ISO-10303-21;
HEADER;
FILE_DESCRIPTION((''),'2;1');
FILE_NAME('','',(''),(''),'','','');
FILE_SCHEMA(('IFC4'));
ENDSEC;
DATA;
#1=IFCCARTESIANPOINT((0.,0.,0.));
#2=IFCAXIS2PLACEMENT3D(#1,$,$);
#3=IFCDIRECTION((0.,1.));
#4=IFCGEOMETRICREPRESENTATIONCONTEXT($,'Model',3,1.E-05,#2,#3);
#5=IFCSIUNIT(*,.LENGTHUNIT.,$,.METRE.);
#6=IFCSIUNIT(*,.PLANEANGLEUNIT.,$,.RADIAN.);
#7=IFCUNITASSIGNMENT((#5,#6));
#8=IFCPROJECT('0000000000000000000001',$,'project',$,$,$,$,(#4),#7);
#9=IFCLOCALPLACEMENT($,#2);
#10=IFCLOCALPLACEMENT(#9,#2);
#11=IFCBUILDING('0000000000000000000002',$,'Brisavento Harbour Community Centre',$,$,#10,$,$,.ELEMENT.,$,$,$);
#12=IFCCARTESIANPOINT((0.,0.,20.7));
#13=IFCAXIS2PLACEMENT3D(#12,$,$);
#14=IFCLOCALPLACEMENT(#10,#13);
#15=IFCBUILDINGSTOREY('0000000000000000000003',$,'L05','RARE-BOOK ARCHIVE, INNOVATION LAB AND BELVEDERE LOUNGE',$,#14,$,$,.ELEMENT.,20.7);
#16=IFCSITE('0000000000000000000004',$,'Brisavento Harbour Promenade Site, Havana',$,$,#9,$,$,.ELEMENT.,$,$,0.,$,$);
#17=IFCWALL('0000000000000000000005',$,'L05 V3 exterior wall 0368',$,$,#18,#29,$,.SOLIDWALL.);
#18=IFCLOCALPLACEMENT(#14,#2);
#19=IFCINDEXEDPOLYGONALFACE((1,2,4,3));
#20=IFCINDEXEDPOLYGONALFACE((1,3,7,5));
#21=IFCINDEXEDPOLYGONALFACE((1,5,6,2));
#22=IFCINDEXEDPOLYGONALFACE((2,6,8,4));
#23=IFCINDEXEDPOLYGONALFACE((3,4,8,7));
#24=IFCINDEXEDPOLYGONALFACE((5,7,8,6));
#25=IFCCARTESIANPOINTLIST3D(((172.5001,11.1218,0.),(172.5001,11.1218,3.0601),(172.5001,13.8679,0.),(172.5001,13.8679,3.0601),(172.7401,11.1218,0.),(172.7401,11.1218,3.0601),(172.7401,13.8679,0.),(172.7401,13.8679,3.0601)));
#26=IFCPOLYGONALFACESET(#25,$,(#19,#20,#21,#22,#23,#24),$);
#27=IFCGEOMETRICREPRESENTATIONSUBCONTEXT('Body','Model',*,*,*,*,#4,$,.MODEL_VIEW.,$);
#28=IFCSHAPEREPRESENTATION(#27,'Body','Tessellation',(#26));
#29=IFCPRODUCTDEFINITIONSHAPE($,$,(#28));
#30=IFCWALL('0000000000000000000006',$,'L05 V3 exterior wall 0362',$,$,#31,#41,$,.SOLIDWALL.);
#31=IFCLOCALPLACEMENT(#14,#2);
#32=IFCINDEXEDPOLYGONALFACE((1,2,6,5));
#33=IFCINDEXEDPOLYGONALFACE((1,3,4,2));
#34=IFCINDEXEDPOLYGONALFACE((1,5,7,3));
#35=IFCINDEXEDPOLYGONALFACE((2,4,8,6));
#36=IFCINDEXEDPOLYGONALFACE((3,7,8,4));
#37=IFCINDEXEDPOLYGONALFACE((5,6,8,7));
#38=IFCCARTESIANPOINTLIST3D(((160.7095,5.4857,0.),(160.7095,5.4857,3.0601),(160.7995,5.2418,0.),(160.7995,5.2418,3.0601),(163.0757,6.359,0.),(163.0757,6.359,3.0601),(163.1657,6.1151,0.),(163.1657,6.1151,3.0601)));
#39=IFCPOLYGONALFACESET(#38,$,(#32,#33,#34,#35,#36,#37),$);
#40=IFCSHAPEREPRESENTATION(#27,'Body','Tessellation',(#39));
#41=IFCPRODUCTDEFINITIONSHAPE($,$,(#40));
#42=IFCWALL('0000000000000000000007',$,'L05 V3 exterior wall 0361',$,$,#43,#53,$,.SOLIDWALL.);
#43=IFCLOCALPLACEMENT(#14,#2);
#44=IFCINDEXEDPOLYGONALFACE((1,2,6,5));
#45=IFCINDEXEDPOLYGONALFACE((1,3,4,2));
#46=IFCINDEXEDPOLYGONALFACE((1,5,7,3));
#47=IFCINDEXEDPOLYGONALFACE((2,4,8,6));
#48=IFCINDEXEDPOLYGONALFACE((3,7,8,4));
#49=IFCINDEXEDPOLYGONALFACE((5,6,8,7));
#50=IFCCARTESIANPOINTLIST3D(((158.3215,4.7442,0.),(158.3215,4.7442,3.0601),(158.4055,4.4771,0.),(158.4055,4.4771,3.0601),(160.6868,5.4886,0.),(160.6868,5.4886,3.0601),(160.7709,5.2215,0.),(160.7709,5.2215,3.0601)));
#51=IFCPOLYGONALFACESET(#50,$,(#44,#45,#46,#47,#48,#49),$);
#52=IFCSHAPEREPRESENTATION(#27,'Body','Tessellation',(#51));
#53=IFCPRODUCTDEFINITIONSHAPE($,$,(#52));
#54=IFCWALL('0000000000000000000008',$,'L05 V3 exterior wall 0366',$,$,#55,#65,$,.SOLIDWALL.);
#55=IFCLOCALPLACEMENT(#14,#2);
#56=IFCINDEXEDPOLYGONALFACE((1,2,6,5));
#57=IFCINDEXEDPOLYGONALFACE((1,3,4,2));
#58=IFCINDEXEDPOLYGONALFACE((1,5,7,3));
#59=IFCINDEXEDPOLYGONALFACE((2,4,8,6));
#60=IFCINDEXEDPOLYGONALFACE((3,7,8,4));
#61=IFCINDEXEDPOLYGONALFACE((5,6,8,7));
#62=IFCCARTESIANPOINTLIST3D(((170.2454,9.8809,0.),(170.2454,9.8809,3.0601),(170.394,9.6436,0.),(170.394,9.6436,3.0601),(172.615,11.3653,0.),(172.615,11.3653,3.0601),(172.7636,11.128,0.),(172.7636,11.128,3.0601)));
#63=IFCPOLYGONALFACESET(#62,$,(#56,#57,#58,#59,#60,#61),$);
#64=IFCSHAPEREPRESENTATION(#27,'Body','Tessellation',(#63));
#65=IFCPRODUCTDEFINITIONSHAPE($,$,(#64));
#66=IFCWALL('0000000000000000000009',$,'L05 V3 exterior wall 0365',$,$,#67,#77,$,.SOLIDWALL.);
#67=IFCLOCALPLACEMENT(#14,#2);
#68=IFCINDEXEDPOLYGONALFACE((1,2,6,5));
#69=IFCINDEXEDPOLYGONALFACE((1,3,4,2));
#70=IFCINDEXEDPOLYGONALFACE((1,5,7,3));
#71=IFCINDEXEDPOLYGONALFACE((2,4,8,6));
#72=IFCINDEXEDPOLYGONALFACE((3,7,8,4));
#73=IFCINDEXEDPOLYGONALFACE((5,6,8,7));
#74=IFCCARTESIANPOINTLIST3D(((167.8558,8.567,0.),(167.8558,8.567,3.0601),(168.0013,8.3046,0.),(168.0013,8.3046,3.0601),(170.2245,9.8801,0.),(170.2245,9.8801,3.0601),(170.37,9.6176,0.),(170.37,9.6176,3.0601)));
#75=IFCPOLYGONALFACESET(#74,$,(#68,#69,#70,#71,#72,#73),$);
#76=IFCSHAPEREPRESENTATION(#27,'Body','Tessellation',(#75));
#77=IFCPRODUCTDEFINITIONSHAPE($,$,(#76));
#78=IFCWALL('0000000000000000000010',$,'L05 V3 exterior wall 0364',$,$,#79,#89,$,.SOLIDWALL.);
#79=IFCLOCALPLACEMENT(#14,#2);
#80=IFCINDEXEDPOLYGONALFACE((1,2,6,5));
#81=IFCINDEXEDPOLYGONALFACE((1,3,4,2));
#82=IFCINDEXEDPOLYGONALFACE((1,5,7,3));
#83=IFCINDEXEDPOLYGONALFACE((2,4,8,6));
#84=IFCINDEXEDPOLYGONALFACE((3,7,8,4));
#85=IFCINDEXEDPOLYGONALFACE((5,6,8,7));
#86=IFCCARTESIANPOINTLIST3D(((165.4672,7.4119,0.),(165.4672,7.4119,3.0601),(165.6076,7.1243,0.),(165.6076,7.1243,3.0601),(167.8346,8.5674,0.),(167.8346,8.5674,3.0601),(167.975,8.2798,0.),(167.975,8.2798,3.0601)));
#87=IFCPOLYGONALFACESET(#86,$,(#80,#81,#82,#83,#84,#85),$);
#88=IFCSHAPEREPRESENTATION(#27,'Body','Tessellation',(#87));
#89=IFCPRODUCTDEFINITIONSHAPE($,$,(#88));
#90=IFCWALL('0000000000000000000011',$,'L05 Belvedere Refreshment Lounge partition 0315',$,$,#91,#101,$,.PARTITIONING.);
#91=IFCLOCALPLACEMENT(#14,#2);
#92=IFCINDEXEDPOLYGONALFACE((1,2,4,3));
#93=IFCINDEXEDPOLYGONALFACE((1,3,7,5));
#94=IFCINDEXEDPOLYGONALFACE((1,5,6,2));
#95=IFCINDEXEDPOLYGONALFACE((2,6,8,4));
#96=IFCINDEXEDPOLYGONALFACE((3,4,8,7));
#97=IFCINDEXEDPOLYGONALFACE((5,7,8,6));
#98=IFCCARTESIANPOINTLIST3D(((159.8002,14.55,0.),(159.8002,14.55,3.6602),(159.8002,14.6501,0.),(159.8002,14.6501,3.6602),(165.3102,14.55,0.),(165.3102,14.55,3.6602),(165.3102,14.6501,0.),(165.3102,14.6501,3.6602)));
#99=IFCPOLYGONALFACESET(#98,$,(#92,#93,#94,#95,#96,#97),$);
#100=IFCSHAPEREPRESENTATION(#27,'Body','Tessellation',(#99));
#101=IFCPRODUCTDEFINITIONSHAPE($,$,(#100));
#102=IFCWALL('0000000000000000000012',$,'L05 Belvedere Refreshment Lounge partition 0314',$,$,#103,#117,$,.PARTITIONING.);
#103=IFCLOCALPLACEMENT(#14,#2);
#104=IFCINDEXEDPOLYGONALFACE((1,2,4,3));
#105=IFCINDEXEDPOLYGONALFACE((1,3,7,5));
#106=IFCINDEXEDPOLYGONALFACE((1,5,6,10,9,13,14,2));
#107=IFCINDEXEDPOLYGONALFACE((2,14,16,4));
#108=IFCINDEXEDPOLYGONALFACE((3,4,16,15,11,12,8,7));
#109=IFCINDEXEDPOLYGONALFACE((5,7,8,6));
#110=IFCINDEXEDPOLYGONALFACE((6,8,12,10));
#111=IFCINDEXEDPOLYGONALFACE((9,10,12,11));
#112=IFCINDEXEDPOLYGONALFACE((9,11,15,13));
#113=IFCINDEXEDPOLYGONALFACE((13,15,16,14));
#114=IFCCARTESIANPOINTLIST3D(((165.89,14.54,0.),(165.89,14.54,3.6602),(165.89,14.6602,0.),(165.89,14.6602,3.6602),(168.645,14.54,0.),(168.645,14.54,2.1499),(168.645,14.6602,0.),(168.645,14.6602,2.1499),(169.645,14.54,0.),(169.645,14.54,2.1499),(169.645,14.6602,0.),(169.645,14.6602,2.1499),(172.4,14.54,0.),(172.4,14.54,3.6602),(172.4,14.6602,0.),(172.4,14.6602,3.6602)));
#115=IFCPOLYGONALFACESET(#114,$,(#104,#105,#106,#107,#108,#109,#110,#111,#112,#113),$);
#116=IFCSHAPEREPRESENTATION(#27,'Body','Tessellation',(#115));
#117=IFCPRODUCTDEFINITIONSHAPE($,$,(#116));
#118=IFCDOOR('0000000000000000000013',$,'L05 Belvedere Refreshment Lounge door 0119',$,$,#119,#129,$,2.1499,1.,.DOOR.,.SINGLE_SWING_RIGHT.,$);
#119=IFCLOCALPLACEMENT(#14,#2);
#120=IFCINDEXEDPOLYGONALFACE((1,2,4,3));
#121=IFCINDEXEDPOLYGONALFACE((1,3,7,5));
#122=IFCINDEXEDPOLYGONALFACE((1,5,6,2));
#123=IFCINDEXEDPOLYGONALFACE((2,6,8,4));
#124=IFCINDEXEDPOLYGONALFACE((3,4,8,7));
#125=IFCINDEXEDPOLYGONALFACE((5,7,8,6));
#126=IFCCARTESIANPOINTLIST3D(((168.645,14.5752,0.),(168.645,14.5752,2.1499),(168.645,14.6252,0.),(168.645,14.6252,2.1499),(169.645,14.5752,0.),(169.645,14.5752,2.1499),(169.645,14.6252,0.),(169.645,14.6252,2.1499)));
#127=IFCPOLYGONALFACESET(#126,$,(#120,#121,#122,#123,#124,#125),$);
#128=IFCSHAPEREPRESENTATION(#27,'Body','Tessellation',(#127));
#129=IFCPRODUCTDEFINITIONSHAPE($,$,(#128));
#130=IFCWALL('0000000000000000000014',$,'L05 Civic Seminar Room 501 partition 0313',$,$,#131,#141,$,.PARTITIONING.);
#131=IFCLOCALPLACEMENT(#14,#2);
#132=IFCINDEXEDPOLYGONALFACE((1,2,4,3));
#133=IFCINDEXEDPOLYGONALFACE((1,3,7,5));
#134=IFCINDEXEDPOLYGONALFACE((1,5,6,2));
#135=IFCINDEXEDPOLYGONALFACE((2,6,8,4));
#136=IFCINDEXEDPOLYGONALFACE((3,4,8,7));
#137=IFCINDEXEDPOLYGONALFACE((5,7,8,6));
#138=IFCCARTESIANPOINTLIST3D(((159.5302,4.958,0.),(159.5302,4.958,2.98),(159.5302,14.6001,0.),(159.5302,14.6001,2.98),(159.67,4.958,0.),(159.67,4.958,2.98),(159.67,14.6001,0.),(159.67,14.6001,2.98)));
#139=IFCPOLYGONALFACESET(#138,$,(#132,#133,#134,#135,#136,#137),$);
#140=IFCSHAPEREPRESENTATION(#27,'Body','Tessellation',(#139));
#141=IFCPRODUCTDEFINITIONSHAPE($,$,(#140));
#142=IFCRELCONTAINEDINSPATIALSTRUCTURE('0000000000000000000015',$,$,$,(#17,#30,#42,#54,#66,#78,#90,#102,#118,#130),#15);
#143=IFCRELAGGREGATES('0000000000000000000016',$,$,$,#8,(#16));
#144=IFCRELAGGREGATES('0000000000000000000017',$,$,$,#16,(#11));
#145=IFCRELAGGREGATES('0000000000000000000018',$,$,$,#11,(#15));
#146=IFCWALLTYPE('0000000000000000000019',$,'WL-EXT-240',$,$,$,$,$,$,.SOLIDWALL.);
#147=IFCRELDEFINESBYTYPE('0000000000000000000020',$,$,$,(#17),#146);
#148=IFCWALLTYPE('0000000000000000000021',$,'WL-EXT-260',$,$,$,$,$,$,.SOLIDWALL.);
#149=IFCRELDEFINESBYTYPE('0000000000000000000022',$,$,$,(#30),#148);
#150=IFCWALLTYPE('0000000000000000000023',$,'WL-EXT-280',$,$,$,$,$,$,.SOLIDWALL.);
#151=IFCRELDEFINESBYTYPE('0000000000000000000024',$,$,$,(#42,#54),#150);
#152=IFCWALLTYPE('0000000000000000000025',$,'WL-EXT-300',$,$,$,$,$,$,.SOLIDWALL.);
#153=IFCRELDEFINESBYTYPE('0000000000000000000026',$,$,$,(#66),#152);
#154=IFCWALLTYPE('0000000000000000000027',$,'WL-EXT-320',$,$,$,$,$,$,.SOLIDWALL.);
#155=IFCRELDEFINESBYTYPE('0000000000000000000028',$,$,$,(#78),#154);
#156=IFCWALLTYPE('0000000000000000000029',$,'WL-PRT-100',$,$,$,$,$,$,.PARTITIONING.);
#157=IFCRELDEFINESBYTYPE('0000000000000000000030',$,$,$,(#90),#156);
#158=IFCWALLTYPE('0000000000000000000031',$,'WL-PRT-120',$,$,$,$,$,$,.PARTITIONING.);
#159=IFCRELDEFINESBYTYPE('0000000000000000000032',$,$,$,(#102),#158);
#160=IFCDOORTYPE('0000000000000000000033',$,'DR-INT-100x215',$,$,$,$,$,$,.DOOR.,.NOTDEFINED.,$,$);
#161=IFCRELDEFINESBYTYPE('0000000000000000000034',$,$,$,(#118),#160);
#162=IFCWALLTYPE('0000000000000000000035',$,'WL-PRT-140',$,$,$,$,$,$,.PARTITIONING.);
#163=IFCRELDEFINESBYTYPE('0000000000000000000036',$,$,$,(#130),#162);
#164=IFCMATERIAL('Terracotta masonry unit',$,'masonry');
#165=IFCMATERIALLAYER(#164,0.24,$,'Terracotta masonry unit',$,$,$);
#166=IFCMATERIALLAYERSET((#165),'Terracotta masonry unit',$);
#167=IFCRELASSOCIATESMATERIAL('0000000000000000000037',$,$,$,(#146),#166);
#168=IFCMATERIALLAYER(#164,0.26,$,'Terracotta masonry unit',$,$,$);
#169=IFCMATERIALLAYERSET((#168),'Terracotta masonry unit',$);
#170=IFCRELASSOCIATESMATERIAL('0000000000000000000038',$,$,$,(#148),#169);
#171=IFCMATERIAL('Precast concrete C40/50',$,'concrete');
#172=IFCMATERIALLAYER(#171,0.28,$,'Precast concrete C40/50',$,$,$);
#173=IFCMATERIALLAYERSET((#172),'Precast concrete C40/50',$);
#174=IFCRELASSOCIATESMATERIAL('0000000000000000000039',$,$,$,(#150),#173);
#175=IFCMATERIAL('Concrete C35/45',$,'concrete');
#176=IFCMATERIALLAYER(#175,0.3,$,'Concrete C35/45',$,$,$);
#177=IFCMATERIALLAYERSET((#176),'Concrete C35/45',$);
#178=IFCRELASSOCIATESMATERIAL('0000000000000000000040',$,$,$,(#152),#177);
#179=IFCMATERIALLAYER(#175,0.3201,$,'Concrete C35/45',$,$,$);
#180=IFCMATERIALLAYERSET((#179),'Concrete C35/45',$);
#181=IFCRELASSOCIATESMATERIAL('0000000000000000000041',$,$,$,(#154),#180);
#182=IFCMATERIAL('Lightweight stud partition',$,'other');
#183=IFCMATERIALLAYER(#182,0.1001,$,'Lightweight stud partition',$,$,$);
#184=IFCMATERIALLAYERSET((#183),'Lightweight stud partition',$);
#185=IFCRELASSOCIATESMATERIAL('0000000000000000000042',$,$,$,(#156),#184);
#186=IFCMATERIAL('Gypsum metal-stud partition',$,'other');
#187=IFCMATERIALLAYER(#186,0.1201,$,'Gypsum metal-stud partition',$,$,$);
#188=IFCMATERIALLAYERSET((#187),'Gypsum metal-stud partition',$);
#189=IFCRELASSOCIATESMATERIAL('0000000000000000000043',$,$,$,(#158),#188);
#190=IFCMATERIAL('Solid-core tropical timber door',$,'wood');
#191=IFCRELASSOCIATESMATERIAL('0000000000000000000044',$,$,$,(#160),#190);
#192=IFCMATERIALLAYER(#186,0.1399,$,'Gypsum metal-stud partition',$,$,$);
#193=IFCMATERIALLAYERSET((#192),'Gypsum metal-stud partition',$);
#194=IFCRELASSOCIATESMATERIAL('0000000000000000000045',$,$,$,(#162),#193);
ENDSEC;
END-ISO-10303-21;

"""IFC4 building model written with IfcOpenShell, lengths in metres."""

from ifc_helpers import new_model, si_unit, direction, frame, frame_2d, origin, place, context, subcontext, project, spatial, rectangle, extrude, material, layer, layer_set, type_object, element, fill, save


model = new_model("IFC4")

# Units and contexts
model_context = context("Model", 3, precision=1e-05, world=origin(), true_north=direction((0.0, 1.0)))
body_context = subcontext(model_context, "Body", "Model", "MODEL_VIEW")
ifc_project = project(units=[si_unit("LENGTHUNIT", "METRE"), si_unit("PLANEANGLEUNIT", "RADIAN")], contexts=[model_context])

# Site, building, storey
site_placement = place(None, origin())
site = spatial("IfcSite", under=ifc_project, at=site_placement, Name="Brisavento Harbour Promenade Site, Havana", CompositionType="ELEMENT", RefElevation=0.0)
building_placement = place(site_placement, origin())
building = spatial("IfcBuilding", under=site, at=building_placement, Name="Brisavento Harbour Community Centre", CompositionType="ELEMENT")
storey_placement = place(building_placement, frame((0.0, 0.0, 20.7)))
storey = spatial("IfcBuildingStorey", under=building, at=storey_placement, Name="L05", Description="RARE-BOOK ARCHIVE, INNOVATION LAB AND BELVEDERE LOUNGE", CompositionType="ELEMENT", Elevation=20.7)

# Shared definitions
ifc_material_1 = material(Name="Concrete C35/45", Category="concrete")

# Walls
ifc_material_2 = material(Name="Terracotta masonry unit", Category="masonry")
ifc_layer_1 = layer(ifc_material_2, 0.24, Name="Terracotta masonry unit")
ifc_layer_set_1 = layer_set([ifc_layer_1], Name="Terracotta masonry unit")
wall_type_1 = type_object("IfcWallType", Name="WL-EXT-240", PredefinedType="SOLIDWALL", material=ifc_layer_set_1)
wall_1_placement = place(storey_placement, frame((172.6201, 13.8679, 0.0), z_axis=(0.0, 0.0, 1.0), x_axis=(0.0, -1.0, 0.0)))
element("IfcWall", 1, at=wall_1_placement, inside=storey, type_object=wall_type_1, Name="L05 V3 exterior wall 0368", PredefinedType="SOLIDWALL", context=body_context, shape_type="SweptSolid", body=[
    extrude(rectangle(XDim=2.7461, YDim=0.24, at=frame_2d((1.373, 0.0))), origin(), (0.0, 0.0, 1.0), 3.0601),
])
ifc_layer_2 = layer(ifc_material_2, 0.26, Name="Terracotta masonry unit")
ifc_layer_set_2 = layer_set([ifc_layer_2], Name="Terracotta masonry unit")
wall_type_2 = type_object("IfcWallType", Name="WL-EXT-260", PredefinedType="SOLIDWALL", material=ifc_layer_set_2)
wall_2_placement = place(storey_placement, frame((163.1208, 6.2371, 0.0), z_axis=(0.0, 0.0, 1.0), x_axis=(-0.938146, -0.346239, 0.0)))
element("IfcWall", 2, at=wall_2_placement, inside=storey, type_object=wall_type_2, Name="L05 V3 exterior wall 0362", PredefinedType="SOLIDWALL", context=body_context, shape_type="SweptSolid", body=[
    extrude(rectangle(XDim=2.5222, YDim=0.26, at=frame_2d((1.2612, 0.0))), origin(), (0.0, 0.0, 1.0), 3.0601),
])
ifc_material_3 = material(Name="Precast concrete C40/50", Category="concrete")
ifc_layer_3 = layer(ifc_material_3, 0.28, Name="Precast concrete C40/50")
ifc_layer_set_3 = layer_set([ifc_layer_3], Name="Precast concrete C40/50")
wall_type_3 = type_object("IfcWallType", Name="WL-EXT-280", PredefinedType="SOLIDWALL", material=ifc_layer_set_3)
wall_3_placement = place(storey_placement, frame((160.7288, 5.355, 0.0), z_axis=(0.0, 0.0, 1.0), x_axis=(-0.953884, -0.300175, 0.0)))
element("IfcWall", 3, at=wall_3_placement, inside=storey, type_object=wall_type_3, Name="L05 V3 exterior wall 0361", PredefinedType="SOLIDWALL", context=body_context, shape_type="SweptSolid", body=[
    extrude(rectangle(XDim=2.4797, YDim=0.28, at=frame_2d((1.2397, 0.0))), origin(), (0.0, 0.0, 1.0), 3.0601),
])
wall_4_placement = place(storey_placement, frame((172.6892, 11.2466, 0.0), z_axis=(0.0, 0.0, 1.0), x_axis=(-0.847458, -0.530862, 0.0)))
element("IfcWall", 4, at=wall_4_placement, inside=storey, type_object=wall_type_3, Name="L05 V3 exterior wall 0366", PredefinedType="SOLIDWALL", context=body_context, shape_type="SweptSolid", body=[
    extrude(rectangle(XDim=2.7961, YDim=0.28, at=frame_2d((1.3979, 0.0))), origin(), (0.0, 0.0, 1.0), 3.0601),
])
ifc_layer_4 = layer(ifc_material_1, 0.3, Name="Concrete C35/45")
ifc_layer_set_4 = layer_set([ifc_layer_4], Name="Concrete C35/45")
wall_type_4 = type_object("IfcWallType", Name="WL-EXT-300", PredefinedType="SOLIDWALL", material=ifc_layer_set_4)
wall_5_placement = place(storey_placement, frame((170.2971, 9.7488, 0.0), z_axis=(0.0, 0.0, 1.0), x_axis=(-0.874616, -0.484816, 0.0)))
element("IfcWall", 5, at=wall_5_placement, inside=storey, type_object=wall_type_4, Name="L05 V3 exterior wall 0365", PredefinedType="SOLIDWALL", context=body_context, shape_type="SweptSolid", body=[
    extrude(rectangle(XDim=2.7083, YDim=0.3, at=frame_2d((1.354, 0.0))), origin(), (0.0, 0.0, 1.0), 3.0601),
])
ifc_layer_5 = layer(ifc_material_1, 0.3201, Name="Concrete C35/45")
ifc_layer_set_5 = layer_set([ifc_layer_5], Name="Concrete C35/45")
wall_type_5 = type_object("IfcWallType", Name="WL-EXT-320", PredefinedType="SOLIDWALL", material=ifc_layer_set_5)
wall_6_placement = place(storey_placement, frame((167.9048, 8.4236, 0.0), z_axis=(0.0, 0.0, 1.0), x_axis=(-0.898668, -0.43863, 0.0)))
element("IfcWall", 6, at=wall_6_placement, inside=storey, type_object=wall_type_5, Name="L05 V3 exterior wall 0364", PredefinedType="SOLIDWALL", context=body_context, shape_type="SweptSolid", body=[
    extrude(rectangle(XDim=2.6343, YDim=0.3201, at=frame_2d((1.3171, 0.0))), origin(), (0.0, 0.0, 1.0), 3.0601),
])
ifc_material_4 = material(Name="Lightweight stud partition", Category="other")
ifc_layer_6 = layer(ifc_material_4, 0.1001, Name="Lightweight stud partition")
ifc_layer_set_6 = layer_set([ifc_layer_6], Name="Lightweight stud partition")
wall_type_6 = type_object("IfcWallType", Name="WL-PRT-100", PredefinedType="PARTITIONING", material=ifc_layer_set_6)
wall_7_placement = place(storey_placement, frame((165.3101, 14.6001, 0.0), z_axis=(0.0, 0.0, 1.0), x_axis=(-1.0, 0.0, 0.0)))
element("IfcWall", 7, at=wall_7_placement, inside=storey, type_object=wall_type_6, Name="L05 Belvedere Refreshment Lounge partition 0315", PredefinedType="PARTITIONING", context=body_context, shape_type="SweptSolid", body=[
    extrude(rectangle(XDim=5.51, YDim=0.1001, at=frame_2d((2.7549, 0.0))), origin(), (0.0, 0.0, 1.0), 3.6602),
])

# Wall, opening, door
ifc_material_5 = material(Name="Gypsum metal-stud partition", Category="other")
ifc_layer_7 = layer(ifc_material_5, 0.1201, Name="Gypsum metal-stud partition")
ifc_layer_set_7 = layer_set([ifc_layer_7], Name="Gypsum metal-stud partition")
wall_type_7 = type_object("IfcWallType", Name="WL-PRT-120", PredefinedType="PARTITIONING", material=ifc_layer_set_7)
wall_8_placement = place(storey_placement, frame((172.3999, 14.6001, 0.0), z_axis=(0.0, 0.0, 1.0), x_axis=(-1.0, 0.0, 0.0)))
wall_8 = element("IfcWall", 8, at=wall_8_placement, inside=storey, type_object=wall_type_7, Name="L05 Belvedere Refreshment Lounge partition 0314", PredefinedType="PARTITIONING", context=body_context, shape_type="SweptSolid", body=[
    extrude(rectangle(XDim=6.51, YDim=0.1201, at=frame_2d((3.2549, 0.0))), origin(), (0.0, 0.0, 1.0), 3.6602),
])
opening_placement = place(wall_8_placement, frame((2.7549, 0.0, 0.0)))
opening = element("IfcOpeningElement", 9, at=opening_placement, cuts=wall_8, PredefinedType="OPENING", context=body_context, shape_type="SweptSolid", body=[
    extrude(rectangle(XDim=1.0, YDim=2.1499, at=frame_2d((0.5, 1.075))), frame((0.0, 0.0701, 0.0), z_axis=(0.0, -1.0, 0.0), x_axis=(1.0, 0.0, 0.0)), (0.0, 0.0, 1.0), 0.1401),
])
ifc_material_6 = material(Name="Solid-core tropical timber door", Category="wood")
door_type = type_object("IfcDoorType", Name="DR-INT-100x215", OperationType="NOTDEFINED", PredefinedType="DOOR", material=ifc_material_6)
door_placement = place(opening_placement, origin())
door = element("IfcDoor", 10, at=door_placement, inside=storey, type_object=door_type, Name="L05 Belvedere Refreshment Lounge door 0119", OperationType="SINGLE_SWING_RIGHT", OverallHeight=2.1499, OverallWidth=1.0, PredefinedType="DOOR", context=body_context, shape_type="SweptSolid", body=[
    extrude(rectangle(XDim=1.0, YDim=2.1499, at=frame_2d((0.5, 1.075))), frame((0.0, 0.0249, 0.0), z_axis=(0.0, -1.0, 0.0), x_axis=(1.0, 0.0, 0.0)), (0.0, 0.0, 1.0), 0.05),
])
fill(opening, door)

# Wall
ifc_layer_8 = layer(ifc_material_5, 0.1399, Name="Gypsum metal-stud partition")
ifc_layer_set_8 = layer_set([ifc_layer_8], Name="Gypsum metal-stud partition")
wall_type_8 = type_object("IfcWallType", Name="WL-PRT-140", PredefinedType="PARTITIONING", material=ifc_layer_set_8)
wall_9_placement = place(storey_placement, frame((159.6001, 4.958, 0.0), z_axis=(0.0, 0.0, 1.0), x_axis=(0.0, 1.0, 0.0)))
element("IfcWall", 11, at=wall_9_placement, inside=storey, type_object=wall_type_8, Name="L05 Civic Seminar Room 501 partition 0313", PredefinedType="PARTITIONING", context=body_context, shape_type="SweptSolid", body=[
    extrude(rectangle(XDim=9.6421, YDim=0.1399, at=frame_2d((4.821, 0.0))), origin(), (0.0, 0.0, 1.0), 2.98),
])

save(model, "model.ifc")
